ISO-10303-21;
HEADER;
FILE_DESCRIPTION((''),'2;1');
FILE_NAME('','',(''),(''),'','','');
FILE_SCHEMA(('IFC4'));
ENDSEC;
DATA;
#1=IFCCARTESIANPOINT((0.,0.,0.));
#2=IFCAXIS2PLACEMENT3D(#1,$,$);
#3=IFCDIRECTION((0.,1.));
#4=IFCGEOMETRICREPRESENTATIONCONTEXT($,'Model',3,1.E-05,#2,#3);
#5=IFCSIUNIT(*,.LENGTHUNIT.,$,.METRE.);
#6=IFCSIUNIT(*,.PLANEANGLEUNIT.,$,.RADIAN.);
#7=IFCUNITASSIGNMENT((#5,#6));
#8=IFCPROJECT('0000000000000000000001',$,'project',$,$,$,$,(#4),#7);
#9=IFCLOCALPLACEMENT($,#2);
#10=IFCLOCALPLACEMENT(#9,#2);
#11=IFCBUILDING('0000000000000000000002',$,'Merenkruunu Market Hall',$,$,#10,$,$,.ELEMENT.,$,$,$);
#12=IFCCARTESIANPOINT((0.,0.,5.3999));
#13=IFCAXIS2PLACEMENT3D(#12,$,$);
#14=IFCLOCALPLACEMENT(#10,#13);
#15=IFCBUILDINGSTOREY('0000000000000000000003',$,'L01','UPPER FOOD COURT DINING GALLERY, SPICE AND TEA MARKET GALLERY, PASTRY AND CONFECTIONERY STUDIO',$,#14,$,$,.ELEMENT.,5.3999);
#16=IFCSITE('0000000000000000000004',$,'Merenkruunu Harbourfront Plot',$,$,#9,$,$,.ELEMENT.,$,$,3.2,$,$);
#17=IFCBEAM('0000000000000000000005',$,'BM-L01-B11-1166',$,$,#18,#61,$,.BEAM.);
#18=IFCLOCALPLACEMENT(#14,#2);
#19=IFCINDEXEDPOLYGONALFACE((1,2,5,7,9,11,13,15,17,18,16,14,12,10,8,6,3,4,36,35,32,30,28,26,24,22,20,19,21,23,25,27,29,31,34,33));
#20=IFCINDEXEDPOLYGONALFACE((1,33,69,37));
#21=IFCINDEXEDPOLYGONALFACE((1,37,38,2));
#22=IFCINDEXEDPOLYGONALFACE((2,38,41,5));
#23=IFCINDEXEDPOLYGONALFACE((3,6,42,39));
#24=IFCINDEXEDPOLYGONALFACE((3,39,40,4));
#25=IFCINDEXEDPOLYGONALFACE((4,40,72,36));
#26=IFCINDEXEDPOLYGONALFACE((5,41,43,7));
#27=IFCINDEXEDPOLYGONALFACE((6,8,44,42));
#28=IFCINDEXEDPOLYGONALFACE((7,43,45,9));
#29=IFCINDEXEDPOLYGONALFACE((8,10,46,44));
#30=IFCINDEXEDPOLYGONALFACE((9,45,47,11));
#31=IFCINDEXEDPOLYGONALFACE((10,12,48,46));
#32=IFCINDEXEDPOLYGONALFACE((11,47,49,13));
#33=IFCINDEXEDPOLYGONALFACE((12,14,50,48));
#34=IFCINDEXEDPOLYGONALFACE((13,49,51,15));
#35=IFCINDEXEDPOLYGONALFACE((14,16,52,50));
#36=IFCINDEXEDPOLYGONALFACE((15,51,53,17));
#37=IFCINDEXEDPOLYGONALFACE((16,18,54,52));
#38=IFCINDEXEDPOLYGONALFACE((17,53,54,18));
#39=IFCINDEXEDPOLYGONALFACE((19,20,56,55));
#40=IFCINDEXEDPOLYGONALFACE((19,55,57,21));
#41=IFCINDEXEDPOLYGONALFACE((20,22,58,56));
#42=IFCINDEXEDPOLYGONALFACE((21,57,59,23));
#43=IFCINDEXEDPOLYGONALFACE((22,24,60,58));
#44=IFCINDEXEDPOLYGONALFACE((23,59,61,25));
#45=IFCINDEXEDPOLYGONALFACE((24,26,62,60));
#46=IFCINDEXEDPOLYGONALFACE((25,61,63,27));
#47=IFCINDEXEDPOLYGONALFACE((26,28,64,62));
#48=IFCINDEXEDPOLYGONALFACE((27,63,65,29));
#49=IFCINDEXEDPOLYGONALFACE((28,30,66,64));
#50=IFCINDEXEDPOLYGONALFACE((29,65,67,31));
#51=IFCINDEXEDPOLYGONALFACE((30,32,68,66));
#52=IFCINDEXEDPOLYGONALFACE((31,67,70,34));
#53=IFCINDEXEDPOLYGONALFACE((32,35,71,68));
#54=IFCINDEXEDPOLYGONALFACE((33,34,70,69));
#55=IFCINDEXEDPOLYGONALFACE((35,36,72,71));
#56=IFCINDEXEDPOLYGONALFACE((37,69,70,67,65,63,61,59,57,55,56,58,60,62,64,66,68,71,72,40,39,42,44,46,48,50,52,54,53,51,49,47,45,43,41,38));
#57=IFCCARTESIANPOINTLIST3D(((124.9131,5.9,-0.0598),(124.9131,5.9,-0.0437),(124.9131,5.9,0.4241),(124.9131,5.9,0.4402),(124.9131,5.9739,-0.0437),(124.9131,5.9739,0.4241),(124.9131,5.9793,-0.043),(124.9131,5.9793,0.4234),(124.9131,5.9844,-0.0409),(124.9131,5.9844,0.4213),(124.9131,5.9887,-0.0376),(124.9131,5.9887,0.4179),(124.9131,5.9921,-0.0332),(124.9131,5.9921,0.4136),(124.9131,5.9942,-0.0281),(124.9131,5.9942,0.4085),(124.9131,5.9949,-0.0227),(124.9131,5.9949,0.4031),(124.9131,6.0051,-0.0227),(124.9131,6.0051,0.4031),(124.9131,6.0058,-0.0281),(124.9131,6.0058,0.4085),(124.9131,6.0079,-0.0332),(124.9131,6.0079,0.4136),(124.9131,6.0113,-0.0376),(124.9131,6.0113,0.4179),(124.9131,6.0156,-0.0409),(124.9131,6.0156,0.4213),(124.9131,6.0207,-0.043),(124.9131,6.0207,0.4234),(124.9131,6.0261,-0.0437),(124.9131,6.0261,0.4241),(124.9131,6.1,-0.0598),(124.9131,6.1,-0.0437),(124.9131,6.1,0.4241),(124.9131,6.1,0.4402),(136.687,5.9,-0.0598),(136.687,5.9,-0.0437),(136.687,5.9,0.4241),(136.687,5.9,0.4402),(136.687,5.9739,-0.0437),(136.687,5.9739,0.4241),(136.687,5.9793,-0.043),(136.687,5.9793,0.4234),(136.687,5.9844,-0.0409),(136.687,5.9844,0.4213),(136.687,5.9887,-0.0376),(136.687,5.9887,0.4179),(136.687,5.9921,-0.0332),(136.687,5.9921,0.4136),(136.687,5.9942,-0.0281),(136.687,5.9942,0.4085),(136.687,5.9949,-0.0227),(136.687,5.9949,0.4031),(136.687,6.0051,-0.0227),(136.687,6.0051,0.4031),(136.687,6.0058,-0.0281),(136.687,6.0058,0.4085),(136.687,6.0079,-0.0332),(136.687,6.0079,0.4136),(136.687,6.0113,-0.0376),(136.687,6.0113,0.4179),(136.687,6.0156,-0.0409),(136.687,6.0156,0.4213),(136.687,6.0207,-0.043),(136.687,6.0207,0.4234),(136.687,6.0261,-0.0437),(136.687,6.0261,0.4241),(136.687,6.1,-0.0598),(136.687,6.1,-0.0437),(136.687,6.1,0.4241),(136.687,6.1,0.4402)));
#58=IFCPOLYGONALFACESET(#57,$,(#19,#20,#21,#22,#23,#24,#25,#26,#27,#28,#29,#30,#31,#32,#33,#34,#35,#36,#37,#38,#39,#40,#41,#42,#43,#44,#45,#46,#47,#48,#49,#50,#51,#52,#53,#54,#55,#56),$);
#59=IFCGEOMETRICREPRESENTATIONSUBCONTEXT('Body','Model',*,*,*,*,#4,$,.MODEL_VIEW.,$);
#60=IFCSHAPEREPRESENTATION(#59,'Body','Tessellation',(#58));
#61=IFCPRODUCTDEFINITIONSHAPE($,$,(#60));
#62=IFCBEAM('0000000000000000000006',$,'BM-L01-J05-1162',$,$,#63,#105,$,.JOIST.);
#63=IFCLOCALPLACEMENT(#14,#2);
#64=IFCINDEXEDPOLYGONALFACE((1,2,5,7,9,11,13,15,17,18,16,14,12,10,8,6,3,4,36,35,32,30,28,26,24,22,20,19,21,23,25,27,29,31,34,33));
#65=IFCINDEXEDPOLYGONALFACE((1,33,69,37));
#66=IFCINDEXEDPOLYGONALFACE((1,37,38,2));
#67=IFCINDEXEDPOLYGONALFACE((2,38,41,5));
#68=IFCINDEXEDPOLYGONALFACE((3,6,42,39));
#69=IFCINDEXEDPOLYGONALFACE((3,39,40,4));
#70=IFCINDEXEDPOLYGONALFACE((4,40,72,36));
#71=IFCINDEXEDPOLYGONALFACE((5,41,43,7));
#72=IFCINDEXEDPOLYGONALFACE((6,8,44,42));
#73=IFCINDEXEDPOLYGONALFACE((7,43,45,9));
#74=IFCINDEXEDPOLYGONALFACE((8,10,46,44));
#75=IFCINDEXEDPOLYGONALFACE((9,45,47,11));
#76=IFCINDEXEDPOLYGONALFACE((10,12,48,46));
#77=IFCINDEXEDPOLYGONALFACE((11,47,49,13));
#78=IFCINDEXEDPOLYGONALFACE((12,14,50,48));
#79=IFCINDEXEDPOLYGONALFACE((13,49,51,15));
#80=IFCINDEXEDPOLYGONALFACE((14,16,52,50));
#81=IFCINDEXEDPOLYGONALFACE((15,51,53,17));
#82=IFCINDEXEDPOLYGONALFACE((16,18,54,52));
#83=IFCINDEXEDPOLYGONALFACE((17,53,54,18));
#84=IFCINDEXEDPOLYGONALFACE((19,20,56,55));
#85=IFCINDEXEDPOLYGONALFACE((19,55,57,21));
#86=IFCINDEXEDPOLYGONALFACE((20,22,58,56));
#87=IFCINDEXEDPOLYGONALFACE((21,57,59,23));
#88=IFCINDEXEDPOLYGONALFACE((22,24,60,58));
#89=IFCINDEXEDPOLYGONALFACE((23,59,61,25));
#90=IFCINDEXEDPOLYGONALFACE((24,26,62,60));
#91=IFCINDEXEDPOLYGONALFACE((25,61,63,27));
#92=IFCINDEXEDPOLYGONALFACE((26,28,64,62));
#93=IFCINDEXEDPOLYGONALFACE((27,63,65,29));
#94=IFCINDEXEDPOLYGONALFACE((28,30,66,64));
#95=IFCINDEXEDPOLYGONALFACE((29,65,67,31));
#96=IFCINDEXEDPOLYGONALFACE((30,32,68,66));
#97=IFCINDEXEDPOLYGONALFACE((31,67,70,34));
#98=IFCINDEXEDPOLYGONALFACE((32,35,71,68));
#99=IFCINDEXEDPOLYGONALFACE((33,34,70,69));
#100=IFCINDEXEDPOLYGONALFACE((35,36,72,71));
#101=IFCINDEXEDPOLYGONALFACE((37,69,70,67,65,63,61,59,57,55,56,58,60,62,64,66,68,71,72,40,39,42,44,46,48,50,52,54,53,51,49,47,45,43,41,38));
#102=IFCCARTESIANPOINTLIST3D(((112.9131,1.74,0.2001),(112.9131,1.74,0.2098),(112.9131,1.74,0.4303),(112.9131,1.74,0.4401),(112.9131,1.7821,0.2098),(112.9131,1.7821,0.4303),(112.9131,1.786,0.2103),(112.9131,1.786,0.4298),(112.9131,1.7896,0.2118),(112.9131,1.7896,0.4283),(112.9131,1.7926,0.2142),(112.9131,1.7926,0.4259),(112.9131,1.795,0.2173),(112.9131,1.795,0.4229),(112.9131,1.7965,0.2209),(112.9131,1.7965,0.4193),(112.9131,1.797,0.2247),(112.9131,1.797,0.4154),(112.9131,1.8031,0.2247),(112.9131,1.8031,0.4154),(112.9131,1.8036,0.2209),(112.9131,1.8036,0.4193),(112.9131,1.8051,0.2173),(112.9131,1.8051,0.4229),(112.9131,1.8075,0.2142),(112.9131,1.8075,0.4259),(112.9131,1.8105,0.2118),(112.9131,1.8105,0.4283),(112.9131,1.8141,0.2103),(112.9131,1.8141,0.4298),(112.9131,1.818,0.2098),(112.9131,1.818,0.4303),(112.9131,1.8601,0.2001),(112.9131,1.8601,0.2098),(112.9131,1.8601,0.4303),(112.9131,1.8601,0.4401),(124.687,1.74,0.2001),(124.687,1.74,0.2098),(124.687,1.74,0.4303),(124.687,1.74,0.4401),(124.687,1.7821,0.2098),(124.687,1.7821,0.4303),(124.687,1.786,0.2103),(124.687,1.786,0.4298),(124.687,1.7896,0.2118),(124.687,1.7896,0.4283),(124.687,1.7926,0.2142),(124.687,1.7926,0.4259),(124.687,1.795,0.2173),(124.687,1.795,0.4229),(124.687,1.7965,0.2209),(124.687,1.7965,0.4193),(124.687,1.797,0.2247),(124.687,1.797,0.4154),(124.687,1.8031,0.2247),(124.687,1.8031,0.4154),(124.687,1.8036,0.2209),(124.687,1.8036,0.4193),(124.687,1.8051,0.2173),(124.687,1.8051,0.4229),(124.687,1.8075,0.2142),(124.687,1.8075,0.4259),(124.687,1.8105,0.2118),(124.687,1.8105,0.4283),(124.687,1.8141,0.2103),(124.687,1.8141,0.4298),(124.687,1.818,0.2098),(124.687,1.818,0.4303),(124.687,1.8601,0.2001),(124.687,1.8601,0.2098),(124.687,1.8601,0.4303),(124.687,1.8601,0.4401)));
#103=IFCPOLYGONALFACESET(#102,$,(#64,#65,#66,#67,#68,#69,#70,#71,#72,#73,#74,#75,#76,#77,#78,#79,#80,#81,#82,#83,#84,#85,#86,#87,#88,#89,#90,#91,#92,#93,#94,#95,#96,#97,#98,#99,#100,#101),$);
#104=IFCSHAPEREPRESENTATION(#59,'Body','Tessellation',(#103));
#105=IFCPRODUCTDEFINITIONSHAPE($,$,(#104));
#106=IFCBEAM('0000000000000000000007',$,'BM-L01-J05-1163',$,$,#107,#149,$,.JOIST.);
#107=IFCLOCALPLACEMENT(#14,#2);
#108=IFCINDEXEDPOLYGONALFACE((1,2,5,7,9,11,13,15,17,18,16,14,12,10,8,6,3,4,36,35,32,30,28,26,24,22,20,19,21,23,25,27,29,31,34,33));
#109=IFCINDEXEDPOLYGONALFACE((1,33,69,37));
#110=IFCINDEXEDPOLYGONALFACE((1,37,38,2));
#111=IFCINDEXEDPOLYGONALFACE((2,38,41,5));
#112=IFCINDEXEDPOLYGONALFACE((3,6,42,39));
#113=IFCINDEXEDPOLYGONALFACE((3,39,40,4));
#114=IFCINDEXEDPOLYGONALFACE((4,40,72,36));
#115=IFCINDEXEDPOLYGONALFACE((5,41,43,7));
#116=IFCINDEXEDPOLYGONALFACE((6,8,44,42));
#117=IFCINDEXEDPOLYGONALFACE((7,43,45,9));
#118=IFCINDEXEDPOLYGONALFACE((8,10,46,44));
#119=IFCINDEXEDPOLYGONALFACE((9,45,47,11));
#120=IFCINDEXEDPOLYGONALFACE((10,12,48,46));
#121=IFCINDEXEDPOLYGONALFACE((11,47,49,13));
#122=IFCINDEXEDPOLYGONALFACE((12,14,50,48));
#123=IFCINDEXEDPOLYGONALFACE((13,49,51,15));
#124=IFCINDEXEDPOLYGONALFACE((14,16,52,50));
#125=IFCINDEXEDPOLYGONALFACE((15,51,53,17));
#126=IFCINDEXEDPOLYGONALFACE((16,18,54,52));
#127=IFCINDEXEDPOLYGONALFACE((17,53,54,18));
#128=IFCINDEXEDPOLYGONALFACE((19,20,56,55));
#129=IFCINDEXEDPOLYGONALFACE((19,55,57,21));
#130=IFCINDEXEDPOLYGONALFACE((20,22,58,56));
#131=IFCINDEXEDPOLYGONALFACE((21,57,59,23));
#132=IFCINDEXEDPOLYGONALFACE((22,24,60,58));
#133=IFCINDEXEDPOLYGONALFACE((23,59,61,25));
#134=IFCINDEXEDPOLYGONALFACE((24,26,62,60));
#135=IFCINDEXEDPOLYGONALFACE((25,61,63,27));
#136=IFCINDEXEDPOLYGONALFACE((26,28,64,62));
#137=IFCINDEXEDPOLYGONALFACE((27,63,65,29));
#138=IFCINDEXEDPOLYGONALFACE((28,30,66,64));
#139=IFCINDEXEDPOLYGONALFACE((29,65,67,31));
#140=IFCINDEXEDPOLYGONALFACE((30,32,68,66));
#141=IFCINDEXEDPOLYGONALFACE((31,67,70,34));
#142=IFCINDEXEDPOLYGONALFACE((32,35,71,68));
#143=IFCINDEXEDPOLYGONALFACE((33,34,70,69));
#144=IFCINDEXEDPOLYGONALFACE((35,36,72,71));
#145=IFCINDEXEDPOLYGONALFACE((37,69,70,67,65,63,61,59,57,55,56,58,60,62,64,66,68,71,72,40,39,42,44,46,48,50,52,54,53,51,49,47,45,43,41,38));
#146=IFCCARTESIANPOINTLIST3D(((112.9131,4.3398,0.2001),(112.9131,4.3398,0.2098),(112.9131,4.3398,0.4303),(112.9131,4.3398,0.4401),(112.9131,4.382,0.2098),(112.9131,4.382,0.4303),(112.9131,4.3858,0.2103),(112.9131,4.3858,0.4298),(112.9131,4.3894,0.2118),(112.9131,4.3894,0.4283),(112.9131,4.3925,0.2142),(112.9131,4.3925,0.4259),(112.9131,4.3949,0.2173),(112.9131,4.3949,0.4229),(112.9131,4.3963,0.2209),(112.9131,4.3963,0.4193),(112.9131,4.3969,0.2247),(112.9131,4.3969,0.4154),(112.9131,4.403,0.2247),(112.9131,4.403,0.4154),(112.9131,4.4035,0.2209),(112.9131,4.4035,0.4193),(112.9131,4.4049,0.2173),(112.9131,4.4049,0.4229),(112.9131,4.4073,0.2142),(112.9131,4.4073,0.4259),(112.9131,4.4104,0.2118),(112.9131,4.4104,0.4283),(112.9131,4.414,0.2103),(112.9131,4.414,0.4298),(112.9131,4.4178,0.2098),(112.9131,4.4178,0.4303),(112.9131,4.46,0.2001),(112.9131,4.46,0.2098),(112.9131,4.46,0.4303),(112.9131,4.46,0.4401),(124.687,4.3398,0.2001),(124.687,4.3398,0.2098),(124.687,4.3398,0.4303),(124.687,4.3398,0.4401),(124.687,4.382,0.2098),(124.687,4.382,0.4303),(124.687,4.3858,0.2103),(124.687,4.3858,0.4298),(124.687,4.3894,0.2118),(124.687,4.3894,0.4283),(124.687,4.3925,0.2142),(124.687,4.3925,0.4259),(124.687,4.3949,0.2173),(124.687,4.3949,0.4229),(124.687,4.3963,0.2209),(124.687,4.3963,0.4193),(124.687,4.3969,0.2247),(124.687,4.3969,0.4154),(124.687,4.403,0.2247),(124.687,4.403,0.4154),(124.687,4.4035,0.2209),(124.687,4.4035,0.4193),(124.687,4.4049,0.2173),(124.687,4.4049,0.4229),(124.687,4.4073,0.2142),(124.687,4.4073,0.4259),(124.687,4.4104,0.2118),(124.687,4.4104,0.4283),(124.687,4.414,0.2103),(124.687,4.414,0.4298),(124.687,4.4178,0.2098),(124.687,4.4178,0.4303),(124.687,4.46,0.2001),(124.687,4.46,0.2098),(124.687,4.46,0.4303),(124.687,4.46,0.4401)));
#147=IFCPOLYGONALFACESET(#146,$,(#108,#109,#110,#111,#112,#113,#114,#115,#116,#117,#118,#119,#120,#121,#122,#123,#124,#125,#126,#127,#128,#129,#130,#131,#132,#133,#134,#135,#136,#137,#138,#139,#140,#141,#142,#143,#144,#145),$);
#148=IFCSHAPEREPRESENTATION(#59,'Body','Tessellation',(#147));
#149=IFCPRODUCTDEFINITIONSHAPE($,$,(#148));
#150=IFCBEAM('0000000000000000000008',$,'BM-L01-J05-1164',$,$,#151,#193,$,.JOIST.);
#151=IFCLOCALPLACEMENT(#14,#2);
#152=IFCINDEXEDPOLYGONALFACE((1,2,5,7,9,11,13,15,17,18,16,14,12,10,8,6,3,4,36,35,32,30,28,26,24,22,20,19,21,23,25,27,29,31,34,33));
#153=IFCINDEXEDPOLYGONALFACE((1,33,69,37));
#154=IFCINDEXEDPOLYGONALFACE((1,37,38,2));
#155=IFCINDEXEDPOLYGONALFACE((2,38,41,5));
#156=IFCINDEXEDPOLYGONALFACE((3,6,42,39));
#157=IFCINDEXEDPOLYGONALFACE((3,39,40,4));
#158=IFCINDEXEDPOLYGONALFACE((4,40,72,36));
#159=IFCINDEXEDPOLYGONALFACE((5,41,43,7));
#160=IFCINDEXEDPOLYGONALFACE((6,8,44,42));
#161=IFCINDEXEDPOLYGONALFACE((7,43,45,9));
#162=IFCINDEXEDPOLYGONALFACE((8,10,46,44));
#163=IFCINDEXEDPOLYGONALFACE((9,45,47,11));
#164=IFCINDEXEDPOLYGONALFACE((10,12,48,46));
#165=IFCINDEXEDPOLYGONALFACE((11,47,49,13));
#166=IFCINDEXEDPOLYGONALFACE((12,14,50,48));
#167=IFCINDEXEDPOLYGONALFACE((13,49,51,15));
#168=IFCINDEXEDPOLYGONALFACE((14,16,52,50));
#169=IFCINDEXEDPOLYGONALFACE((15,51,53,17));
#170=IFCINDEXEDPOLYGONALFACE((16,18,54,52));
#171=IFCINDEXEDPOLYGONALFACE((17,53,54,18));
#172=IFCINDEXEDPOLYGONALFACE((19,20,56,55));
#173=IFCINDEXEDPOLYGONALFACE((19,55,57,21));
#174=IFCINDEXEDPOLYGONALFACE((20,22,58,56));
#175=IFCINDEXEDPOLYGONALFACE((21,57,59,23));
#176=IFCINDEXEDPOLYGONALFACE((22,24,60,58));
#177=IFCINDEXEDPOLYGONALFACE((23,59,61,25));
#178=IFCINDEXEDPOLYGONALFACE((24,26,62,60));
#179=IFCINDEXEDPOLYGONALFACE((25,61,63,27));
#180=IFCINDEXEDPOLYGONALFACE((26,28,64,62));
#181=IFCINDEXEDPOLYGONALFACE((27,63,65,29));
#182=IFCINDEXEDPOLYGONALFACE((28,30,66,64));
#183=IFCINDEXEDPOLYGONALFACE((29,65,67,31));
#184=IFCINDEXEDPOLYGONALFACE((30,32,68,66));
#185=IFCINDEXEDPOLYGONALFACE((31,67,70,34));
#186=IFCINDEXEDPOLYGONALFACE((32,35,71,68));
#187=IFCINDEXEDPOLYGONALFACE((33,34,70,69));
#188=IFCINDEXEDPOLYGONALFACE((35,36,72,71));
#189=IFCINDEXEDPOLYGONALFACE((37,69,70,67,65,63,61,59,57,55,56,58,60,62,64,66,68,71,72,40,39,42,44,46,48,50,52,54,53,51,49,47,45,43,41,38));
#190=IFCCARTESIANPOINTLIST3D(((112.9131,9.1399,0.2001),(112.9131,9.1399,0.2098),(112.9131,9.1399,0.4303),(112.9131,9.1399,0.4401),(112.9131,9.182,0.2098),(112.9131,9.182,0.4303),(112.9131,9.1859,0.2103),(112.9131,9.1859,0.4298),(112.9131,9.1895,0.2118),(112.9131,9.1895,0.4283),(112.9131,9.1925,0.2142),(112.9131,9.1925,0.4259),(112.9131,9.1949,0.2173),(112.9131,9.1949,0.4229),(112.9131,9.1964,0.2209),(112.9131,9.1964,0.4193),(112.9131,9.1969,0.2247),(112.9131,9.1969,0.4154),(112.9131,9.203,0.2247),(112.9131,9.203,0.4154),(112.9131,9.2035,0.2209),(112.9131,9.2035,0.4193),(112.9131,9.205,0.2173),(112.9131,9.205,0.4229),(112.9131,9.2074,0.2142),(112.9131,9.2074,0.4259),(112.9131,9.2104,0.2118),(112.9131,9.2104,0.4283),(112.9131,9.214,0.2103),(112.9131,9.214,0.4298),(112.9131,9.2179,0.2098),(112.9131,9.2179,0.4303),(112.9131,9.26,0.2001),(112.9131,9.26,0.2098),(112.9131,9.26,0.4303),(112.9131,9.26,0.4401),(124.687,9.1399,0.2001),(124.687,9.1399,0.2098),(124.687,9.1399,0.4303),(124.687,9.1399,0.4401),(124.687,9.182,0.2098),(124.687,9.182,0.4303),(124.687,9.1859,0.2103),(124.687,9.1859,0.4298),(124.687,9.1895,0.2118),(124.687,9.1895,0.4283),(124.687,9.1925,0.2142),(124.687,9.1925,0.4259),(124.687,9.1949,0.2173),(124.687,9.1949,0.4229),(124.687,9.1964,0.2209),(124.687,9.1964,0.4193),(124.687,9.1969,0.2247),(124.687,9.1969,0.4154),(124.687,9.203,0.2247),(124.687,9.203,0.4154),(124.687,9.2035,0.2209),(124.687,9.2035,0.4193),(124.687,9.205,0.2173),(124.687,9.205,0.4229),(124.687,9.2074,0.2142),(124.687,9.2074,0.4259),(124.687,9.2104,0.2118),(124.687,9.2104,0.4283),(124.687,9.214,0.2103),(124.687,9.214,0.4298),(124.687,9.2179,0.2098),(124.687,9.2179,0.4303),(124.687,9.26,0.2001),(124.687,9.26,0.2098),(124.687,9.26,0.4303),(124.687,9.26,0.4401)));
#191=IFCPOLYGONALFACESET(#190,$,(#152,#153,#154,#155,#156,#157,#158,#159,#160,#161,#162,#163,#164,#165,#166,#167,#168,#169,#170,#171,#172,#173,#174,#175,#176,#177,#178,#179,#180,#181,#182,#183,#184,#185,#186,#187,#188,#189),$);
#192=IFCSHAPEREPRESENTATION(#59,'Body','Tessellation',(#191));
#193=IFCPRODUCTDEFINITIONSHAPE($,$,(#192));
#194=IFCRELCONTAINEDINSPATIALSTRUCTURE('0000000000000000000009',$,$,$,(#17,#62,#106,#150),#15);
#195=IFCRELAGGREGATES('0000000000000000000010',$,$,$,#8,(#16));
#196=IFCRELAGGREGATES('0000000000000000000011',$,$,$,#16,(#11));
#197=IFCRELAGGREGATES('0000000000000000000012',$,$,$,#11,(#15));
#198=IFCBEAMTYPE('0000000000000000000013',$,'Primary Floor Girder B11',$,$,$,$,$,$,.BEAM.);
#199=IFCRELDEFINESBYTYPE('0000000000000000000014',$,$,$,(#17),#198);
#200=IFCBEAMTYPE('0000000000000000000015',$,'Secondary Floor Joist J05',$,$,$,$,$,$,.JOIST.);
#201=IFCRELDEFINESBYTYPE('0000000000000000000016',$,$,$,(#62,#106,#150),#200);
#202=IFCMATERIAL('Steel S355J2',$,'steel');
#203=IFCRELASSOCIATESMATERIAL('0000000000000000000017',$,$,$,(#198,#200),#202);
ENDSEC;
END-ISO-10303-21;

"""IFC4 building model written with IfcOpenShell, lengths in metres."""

from ifc_helpers import new_model, si_unit, direction, frame, origin, origin_2d, place, context, subcontext, project, spatial, i_section, extrude, material, material_profile, profile_set, type_object, element, save


model = new_model("IFC4")

# Units and contexts
model_context = context("Model", 3, precision=1e-05, world=origin(), true_north=direction((0.0, 1.0)))
body_context = subcontext(model_context, "Body", "Model", "MODEL_VIEW")
ifc_project = project(units=[si_unit("LENGTHUNIT", "METRE"), si_unit("PLANEANGLEUNIT", "RADIAN")], contexts=[model_context])

# Site, building, storey
site_placement = place(None, origin())
site = spatial("IfcSite", under=ifc_project, at=site_placement, Name="Merenkruunu Harbourfront Plot", CompositionType="ELEMENT", RefElevation=3.2)
building_placement = place(site_placement, origin())
building = spatial("IfcBuilding", under=site, at=building_placement, Name="Merenkruunu Market Hall", CompositionType="ELEMENT")
storey_placement = place(building_placement, frame((0.0, 0.0, 5.3999)))
storey = spatial("IfcBuildingStorey", under=building, at=storey_placement, Name="L01", Description="UPPER FOOD COURT DINING GALLERY, SPICE AND TEA MARKET GALLERY, PASTRY AND CONFECTIONERY STUDIO", CompositionType="ELEMENT", Elevation=5.3999)

# Shared definitions
ifc_material_1 = material(Name="Steel S355J2", Category="steel")

# Beams
ifc_material_profile_1 = material_profile(ifc_material_1, i_section(OverallWidth=0.2, OverallDepth=0.5, WebThickness=0.0103, FlangeThickness=0.0161, FilletRadius=0.021, at=origin_2d()), Name="IPE 500")
ifc_profile_set_1 = profile_set([ifc_material_profile_1], Name="Steel S355J2")
beam_type_1 = type_object("IfcBeamType", Name="Primary Floor Girder B11", PredefinedType="BEAM", material=ifc_profile_set_1)
for number, where, z_axis, x_axis, name in (
    (1, (124.9131, 6.0, 0.1902), (1.0, 0.0, 0.0), (0.0, 1.0, 0.0), "BM-L01-B11-1166"),
):
    element("IfcBeam", number, at=place(storey_placement, frame(where, z_axis=z_axis, x_axis=x_axis)), inside=storey, type_object=beam_type_1, Name=name, PredefinedType="BEAM", context=body_context, shape_type="SweptSolid", body=[
        extrude(i_section(OverallWidth=0.2, OverallDepth=0.5, WebThickness=0.0103, FlangeThickness=0.0161, FilletRadius=0.021, at=origin_2d()), origin(), (0.0, 0.0, 1.0), 11.7739),
    ])
ifc_material_profile_2 = material_profile(ifc_material_1, i_section(OverallWidth=0.1201, OverallDepth=0.24, WebThickness=0.0061, FlangeThickness=0.0098, FilletRadius=0.0149, at=origin_2d()), Name="IPE 240")
ifc_profile_set_2 = profile_set([ifc_material_profile_2], Name="Steel S355J2")
beam_type_2 = type_object("IfcBeamType", Name="Secondary Floor Joist J05", PredefinedType="JOIST", material=ifc_profile_set_2)
for number, where, z_axis, x_axis, name in (
    (2, (112.9131, 1.8, 0.3201), (1.0, 0.0, 0.0), (0.0, 1.0, 0.0), "BM-L01-J05-1162"),
    (3, (112.9131, 4.3999, 0.3201), (1.0, 0.0, 0.0), (0.0, 1.0, 0.0), "BM-L01-J05-1163"),
    (4, (112.9131, 9.2, 0.3201), (1.0, 0.0, 0.0), (0.0, 1.0, 0.0), "BM-L01-J05-1164"),
):
    element("IfcBeam", number, at=place(storey_placement, frame(where, z_axis=z_axis, x_axis=x_axis)), inside=storey, type_object=beam_type_2, Name=name, PredefinedType="JOIST", context=body_context, shape_type="SweptSolid", body=[
        extrude(i_section(OverallWidth=0.1201, OverallDepth=0.24, WebThickness=0.0061, FlangeThickness=0.0098, FilletRadius=0.0149, at=origin_2d()), origin(), (0.0, 0.0, 1.0), 11.7739),
    ])

save(model, "model.ifc")
